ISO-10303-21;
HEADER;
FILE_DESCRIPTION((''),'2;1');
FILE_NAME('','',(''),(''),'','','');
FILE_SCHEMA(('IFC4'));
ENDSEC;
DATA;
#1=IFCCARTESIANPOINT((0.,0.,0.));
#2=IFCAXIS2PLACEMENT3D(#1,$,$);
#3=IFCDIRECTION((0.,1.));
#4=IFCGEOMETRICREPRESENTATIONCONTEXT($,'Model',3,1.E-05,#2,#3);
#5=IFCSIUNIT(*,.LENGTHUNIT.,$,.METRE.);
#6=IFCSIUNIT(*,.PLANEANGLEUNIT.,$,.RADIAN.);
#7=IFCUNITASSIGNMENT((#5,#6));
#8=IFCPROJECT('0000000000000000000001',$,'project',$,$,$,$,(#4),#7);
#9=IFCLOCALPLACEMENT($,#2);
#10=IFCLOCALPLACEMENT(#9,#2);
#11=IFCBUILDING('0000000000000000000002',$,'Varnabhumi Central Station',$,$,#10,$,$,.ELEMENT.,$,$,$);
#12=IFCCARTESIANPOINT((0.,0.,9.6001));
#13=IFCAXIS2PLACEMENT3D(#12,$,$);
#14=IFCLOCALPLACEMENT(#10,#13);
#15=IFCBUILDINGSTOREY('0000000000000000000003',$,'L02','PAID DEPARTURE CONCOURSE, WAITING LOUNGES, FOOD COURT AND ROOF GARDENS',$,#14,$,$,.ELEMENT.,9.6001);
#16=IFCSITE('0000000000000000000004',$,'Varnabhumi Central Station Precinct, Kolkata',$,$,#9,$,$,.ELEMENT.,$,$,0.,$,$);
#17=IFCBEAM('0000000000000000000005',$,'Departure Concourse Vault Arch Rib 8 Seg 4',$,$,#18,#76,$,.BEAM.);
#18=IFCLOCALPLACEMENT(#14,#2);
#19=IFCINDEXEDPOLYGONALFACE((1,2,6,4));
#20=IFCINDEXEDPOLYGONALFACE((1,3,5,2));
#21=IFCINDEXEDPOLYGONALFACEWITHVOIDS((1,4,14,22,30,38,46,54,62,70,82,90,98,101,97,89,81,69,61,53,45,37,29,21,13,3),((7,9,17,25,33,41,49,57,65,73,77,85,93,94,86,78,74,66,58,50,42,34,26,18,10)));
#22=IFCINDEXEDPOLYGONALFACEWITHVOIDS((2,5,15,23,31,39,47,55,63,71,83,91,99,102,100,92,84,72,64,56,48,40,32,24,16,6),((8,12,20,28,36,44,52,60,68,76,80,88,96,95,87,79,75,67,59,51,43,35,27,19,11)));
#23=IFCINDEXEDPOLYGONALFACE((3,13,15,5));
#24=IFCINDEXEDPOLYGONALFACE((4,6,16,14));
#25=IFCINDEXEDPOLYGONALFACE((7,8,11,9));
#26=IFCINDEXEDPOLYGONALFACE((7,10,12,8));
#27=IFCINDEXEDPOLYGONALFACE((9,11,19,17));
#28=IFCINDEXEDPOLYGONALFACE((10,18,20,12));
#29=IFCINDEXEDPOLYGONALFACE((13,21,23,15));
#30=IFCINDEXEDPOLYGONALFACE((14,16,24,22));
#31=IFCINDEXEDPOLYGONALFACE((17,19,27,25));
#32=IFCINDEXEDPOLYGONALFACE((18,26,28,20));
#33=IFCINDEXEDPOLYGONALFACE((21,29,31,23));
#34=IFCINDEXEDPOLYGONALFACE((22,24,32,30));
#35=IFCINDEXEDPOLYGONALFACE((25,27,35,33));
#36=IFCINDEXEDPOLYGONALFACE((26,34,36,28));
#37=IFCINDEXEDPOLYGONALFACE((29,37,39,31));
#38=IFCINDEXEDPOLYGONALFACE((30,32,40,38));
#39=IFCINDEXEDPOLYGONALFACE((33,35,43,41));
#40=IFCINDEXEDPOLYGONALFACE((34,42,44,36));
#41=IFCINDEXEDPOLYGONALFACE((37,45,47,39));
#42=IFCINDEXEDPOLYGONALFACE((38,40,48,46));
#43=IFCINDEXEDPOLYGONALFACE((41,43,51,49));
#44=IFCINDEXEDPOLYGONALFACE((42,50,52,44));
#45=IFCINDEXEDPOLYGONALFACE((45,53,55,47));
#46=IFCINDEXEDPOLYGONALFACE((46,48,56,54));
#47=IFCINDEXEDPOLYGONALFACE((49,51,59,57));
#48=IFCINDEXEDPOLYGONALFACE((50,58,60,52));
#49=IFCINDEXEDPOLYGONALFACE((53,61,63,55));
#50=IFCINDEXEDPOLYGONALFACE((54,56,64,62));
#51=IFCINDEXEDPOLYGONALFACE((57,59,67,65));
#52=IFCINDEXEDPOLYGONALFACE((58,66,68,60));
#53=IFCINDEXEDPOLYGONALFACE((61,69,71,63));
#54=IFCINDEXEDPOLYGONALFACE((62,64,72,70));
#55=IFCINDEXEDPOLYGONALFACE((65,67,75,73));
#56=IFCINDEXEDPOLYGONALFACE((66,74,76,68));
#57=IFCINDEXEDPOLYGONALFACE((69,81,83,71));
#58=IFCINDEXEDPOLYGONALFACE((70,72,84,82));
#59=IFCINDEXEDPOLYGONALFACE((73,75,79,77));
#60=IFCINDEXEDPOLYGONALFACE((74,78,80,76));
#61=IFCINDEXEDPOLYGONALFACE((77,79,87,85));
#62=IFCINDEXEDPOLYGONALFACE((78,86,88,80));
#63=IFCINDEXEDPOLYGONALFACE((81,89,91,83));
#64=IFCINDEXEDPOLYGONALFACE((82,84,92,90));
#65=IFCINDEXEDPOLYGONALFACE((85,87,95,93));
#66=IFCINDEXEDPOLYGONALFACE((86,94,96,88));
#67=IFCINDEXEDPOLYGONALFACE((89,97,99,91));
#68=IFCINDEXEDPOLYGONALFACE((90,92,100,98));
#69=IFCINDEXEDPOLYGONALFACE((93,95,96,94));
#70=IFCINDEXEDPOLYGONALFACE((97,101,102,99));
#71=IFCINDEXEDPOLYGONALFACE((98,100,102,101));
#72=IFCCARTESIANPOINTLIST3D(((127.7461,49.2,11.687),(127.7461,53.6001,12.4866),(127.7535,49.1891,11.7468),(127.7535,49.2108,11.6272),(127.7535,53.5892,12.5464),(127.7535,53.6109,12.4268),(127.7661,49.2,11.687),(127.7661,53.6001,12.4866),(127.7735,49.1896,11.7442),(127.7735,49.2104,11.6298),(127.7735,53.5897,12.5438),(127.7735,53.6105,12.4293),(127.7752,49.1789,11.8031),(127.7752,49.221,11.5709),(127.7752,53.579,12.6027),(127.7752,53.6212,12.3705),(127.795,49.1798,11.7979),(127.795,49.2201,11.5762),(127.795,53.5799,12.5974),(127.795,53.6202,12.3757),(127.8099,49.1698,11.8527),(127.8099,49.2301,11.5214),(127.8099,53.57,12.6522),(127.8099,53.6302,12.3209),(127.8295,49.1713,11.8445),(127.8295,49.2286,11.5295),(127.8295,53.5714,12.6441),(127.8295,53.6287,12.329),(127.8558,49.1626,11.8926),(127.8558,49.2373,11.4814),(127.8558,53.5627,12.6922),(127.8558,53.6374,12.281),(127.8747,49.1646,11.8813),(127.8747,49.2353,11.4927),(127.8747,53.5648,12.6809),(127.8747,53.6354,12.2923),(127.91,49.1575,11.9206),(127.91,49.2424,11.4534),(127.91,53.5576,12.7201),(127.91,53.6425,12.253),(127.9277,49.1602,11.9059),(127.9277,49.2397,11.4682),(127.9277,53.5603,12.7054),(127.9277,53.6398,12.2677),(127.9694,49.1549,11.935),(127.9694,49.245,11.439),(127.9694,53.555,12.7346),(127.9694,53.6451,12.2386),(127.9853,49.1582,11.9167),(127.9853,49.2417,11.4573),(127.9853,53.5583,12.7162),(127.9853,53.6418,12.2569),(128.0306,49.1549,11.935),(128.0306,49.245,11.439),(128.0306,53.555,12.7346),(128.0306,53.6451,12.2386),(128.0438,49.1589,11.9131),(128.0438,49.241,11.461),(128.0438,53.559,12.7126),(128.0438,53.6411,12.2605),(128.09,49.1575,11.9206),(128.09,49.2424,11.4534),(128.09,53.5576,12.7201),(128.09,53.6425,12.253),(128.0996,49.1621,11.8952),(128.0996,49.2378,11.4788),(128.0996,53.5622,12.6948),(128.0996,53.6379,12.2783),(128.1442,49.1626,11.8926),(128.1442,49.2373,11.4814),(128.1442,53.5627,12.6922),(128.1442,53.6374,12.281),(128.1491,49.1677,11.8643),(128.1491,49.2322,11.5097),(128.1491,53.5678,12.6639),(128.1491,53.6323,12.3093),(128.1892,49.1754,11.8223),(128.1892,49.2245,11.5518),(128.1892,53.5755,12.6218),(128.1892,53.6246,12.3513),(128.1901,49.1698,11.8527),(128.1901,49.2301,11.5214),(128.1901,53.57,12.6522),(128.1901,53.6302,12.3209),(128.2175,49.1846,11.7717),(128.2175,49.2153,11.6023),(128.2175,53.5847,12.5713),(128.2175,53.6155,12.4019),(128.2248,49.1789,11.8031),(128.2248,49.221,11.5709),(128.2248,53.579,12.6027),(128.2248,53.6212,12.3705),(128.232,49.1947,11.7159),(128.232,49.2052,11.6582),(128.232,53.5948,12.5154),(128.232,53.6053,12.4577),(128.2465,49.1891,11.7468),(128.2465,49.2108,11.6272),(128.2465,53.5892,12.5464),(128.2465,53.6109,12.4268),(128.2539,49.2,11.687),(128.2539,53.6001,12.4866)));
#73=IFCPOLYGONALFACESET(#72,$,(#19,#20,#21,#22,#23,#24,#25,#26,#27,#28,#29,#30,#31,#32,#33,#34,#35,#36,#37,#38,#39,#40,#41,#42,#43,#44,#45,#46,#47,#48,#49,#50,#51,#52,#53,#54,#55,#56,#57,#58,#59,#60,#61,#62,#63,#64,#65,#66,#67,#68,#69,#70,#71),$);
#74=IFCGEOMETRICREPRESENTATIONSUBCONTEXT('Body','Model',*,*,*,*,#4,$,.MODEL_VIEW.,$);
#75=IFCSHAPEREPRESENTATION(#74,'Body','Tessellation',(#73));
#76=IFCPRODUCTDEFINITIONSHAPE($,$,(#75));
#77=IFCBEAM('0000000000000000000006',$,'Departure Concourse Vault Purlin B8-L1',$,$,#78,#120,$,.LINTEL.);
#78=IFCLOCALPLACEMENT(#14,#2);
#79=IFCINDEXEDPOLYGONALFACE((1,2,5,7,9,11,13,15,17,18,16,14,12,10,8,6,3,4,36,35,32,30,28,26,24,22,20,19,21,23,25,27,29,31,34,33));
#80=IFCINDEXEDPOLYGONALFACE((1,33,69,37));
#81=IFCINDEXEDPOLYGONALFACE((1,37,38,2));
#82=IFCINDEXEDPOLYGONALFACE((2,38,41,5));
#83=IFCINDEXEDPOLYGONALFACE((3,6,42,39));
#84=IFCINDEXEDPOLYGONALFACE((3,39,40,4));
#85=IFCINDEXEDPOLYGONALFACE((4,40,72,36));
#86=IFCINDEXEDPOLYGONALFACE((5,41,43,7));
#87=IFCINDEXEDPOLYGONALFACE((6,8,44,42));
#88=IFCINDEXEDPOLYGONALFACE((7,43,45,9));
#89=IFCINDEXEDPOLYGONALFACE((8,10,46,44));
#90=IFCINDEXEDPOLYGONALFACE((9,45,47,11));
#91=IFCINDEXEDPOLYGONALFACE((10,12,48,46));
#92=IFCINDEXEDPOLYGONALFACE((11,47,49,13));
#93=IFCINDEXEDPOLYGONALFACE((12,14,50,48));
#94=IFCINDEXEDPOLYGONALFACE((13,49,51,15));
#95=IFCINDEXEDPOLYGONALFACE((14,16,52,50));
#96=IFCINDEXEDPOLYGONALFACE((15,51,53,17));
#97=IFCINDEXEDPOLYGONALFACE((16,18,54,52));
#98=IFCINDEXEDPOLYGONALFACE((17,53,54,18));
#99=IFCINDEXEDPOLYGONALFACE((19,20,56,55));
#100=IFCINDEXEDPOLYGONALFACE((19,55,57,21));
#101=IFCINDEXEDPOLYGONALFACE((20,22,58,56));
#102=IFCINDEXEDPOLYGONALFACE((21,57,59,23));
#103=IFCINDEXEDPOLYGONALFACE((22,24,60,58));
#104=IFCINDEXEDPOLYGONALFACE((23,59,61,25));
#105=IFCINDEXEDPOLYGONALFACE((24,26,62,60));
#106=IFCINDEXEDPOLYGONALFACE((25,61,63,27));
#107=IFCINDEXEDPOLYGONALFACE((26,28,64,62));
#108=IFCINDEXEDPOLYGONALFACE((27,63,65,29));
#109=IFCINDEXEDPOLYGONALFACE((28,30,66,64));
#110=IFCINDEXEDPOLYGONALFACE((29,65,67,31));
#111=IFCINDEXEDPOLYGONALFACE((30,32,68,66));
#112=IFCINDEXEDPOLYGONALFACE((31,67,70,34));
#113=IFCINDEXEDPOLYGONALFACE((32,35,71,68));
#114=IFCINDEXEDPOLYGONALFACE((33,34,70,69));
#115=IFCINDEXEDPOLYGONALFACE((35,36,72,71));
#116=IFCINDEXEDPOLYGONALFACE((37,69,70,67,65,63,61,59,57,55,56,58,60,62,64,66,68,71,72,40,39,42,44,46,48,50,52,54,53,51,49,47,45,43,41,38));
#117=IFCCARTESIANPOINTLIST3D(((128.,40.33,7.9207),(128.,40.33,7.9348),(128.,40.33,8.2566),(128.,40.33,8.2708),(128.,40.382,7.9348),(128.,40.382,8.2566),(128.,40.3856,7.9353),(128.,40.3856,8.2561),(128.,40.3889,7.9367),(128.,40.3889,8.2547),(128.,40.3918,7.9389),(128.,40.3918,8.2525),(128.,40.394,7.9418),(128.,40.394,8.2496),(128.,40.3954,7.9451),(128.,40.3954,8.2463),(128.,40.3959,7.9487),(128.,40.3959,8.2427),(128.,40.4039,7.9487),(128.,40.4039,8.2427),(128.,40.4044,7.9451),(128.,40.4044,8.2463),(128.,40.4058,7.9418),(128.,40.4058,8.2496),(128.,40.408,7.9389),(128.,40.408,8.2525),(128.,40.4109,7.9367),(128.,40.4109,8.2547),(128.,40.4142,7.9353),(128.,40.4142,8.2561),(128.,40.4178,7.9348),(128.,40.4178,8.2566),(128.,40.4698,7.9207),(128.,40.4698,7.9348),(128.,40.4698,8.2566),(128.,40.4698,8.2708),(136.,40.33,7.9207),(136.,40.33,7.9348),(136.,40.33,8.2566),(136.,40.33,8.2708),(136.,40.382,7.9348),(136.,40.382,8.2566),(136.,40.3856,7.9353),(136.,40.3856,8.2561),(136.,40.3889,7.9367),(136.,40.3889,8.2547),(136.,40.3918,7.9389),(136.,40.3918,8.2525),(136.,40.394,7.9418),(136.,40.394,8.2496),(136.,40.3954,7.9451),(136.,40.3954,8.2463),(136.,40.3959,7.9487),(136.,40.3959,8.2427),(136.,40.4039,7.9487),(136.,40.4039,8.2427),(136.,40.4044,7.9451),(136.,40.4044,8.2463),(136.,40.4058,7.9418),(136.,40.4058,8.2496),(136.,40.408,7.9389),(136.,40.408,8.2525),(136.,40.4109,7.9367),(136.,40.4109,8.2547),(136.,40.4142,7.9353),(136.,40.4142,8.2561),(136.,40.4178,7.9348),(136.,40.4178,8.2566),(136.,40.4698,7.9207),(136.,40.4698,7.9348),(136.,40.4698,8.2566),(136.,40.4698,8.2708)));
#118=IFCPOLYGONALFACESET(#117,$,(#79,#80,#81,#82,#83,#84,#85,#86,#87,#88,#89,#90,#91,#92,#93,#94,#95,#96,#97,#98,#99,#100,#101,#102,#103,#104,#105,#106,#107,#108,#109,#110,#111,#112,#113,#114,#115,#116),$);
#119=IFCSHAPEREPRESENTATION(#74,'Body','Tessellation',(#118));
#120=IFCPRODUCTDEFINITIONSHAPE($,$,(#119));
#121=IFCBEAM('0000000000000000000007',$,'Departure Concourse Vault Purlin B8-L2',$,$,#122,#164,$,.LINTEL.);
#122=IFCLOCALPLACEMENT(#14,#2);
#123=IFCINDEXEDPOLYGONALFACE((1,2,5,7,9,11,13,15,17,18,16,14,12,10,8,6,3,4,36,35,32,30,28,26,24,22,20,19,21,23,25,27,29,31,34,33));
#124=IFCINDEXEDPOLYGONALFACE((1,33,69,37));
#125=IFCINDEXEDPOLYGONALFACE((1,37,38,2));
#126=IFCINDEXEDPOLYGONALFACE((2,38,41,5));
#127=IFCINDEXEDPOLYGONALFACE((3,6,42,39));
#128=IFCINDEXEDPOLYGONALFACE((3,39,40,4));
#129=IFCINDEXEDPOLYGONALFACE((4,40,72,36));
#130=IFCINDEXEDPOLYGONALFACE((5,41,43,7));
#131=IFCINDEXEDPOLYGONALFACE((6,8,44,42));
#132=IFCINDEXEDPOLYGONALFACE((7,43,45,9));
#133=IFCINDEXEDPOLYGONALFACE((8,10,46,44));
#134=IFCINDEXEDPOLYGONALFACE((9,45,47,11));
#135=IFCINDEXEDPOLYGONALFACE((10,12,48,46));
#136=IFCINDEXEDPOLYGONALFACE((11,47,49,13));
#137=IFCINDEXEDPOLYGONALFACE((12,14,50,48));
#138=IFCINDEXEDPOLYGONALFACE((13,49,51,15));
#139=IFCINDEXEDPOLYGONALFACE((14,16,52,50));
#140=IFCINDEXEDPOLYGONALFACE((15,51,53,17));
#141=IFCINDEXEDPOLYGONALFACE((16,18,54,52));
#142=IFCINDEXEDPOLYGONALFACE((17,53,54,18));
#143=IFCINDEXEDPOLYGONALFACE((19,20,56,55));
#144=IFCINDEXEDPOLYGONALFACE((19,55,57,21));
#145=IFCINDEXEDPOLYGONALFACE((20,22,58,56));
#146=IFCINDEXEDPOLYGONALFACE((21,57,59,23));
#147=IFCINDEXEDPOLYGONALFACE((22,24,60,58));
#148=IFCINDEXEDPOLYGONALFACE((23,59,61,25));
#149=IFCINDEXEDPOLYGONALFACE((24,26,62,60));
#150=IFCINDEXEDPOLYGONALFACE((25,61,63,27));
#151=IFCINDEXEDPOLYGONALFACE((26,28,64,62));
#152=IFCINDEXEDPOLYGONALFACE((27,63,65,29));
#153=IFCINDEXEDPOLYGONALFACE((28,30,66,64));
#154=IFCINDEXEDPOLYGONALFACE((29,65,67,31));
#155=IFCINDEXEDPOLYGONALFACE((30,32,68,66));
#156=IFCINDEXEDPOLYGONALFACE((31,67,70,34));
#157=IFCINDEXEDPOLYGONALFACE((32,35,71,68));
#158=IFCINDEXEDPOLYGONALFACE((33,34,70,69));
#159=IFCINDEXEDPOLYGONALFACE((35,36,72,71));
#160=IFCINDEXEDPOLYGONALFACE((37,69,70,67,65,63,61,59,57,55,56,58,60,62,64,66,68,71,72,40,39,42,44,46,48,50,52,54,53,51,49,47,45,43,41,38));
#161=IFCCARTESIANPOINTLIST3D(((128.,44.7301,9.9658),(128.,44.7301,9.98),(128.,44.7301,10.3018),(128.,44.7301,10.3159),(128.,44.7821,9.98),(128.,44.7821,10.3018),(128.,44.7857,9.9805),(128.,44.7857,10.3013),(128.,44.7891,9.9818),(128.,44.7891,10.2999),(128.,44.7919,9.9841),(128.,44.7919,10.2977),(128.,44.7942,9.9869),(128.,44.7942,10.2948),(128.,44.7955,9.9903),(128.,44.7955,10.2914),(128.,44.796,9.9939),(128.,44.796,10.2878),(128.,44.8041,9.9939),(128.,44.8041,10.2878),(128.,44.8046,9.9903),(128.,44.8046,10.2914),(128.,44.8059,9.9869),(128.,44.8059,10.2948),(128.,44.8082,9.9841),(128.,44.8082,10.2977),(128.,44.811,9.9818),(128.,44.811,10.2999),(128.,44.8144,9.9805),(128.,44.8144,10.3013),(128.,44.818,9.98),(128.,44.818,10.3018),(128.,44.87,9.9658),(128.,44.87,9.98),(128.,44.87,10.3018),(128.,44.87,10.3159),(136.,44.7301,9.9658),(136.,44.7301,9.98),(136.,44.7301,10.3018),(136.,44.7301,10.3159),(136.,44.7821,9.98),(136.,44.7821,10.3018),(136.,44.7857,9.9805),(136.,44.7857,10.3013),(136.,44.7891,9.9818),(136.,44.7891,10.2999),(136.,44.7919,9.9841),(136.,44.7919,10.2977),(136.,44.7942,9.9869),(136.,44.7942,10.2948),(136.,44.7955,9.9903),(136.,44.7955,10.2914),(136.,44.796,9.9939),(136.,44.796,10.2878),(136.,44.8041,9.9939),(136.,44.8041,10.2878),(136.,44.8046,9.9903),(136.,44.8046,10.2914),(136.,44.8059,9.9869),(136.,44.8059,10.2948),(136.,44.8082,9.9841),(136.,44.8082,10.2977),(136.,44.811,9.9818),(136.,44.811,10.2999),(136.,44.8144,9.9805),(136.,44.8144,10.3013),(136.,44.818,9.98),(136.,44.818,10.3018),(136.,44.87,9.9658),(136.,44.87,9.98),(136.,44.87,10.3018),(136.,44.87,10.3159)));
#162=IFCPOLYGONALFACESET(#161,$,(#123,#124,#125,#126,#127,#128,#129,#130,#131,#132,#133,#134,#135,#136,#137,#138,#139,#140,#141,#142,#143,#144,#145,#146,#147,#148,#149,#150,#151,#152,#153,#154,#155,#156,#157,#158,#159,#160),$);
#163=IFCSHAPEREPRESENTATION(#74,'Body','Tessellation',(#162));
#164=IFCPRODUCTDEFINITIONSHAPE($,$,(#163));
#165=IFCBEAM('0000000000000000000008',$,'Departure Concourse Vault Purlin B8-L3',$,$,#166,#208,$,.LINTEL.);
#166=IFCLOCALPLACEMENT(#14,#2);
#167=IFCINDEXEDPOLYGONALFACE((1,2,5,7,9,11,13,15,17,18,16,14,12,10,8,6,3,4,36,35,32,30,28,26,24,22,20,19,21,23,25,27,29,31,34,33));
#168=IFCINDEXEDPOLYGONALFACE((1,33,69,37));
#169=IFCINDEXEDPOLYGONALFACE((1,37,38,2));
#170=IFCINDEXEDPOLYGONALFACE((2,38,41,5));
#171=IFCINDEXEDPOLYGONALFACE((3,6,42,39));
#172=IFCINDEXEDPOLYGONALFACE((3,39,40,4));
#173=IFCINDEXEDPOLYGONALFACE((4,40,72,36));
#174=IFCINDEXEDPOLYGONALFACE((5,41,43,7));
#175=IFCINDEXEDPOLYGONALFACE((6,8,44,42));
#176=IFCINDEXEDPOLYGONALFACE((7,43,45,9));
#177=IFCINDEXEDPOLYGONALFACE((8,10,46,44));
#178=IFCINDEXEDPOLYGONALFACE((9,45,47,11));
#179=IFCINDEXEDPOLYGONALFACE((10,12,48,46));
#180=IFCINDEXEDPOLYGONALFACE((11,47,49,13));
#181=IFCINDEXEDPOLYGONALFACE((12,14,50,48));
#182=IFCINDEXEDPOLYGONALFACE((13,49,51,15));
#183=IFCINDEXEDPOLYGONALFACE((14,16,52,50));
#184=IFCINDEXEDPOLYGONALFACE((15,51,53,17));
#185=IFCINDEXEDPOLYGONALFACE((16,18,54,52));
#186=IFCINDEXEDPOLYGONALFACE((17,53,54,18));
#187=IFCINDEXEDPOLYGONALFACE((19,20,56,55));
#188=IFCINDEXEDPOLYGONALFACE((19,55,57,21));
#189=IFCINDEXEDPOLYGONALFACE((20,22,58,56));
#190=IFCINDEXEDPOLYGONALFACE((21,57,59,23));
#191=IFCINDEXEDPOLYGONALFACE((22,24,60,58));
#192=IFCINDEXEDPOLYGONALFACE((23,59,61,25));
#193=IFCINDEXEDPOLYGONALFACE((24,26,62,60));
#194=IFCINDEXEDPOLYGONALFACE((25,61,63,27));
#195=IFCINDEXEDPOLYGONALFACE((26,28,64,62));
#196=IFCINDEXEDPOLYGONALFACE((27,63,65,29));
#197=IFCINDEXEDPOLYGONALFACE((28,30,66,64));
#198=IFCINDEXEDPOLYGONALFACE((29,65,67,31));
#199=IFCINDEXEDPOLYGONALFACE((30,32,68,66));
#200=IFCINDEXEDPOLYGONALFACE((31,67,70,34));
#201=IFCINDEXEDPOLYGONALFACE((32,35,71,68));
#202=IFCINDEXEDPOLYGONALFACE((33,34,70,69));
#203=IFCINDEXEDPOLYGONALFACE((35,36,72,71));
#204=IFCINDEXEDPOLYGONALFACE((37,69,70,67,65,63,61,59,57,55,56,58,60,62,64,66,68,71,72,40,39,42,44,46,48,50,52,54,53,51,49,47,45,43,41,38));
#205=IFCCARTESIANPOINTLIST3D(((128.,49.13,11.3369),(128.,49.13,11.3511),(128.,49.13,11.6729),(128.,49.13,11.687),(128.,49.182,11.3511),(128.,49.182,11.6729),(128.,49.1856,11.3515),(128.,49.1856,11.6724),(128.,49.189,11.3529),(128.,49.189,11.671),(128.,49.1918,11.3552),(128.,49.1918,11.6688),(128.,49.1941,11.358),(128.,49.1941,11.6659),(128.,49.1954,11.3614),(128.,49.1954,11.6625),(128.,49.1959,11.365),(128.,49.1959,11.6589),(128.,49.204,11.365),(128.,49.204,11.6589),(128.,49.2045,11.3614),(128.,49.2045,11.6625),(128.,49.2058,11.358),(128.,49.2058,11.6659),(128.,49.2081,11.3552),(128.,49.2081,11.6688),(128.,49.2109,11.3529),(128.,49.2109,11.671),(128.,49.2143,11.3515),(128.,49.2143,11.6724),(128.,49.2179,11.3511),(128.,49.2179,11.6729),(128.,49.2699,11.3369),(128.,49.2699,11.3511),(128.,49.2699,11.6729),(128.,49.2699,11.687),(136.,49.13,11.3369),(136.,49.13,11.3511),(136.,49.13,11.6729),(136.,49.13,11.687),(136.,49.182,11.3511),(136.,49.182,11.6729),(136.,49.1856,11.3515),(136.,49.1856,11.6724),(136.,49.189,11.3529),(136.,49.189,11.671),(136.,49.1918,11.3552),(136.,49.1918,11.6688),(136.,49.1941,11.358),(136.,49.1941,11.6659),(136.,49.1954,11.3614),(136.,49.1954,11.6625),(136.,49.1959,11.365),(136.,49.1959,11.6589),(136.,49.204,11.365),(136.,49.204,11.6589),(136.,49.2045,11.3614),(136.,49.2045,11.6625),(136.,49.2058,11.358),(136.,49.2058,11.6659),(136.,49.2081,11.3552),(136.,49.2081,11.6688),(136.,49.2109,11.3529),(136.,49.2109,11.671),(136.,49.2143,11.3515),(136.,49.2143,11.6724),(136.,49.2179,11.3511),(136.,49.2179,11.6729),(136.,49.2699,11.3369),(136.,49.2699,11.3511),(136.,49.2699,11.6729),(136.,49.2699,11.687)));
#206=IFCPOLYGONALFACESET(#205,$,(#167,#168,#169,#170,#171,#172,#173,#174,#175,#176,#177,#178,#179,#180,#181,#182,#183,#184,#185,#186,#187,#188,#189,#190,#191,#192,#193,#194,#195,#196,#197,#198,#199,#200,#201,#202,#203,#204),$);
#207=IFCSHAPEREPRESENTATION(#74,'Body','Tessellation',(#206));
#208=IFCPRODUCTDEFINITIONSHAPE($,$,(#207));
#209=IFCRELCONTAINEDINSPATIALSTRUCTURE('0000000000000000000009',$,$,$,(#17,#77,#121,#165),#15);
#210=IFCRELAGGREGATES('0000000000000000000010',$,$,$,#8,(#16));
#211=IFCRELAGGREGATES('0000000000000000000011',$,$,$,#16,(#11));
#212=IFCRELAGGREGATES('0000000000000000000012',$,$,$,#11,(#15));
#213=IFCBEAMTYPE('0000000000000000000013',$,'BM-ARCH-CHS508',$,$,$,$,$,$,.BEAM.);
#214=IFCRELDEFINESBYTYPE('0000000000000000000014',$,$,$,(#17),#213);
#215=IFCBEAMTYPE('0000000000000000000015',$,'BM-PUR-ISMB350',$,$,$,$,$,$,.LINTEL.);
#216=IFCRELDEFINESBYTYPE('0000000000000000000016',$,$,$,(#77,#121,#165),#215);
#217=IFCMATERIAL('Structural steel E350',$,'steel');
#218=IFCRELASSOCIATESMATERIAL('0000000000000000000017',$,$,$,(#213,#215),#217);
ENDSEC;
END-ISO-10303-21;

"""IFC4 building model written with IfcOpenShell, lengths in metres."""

from ifc_helpers import new_model, si_unit, direction, frame, origin, origin_2d, place, context, subcontext, project, spatial, hollow_circle, i_section, extrude, material, material_profile, profile_set, type_object, element, save


model = new_model("IFC4")

# Units and contexts
model_context = context("Model", 3, precision=1e-05, world=origin(), true_north=direction((0.0, 1.0)))
body_context = subcontext(model_context, "Body", "Model", "MODEL_VIEW")
ifc_project = project(units=[si_unit("LENGTHUNIT", "METRE"), si_unit("PLANEANGLEUNIT", "RADIAN")], contexts=[model_context])

# Site, building, storey
site_placement = place(None, origin())
site = spatial("IfcSite", under=ifc_project, at=site_placement, Name="Varnabhumi Central Station Precinct, Kolkata", CompositionType="ELEMENT", RefElevation=0.0)
building_placement = place(site_placement, origin())
building = spatial("IfcBuilding", under=site, at=building_placement, Name="Varnabhumi Central Station", CompositionType="ELEMENT")
storey_placement = place(building_placement, frame((0.0, 0.0, 9.6001)))
storey = spatial("IfcBuildingStorey", under=building, at=storey_placement, Name="L02", Description="PAID DEPARTURE CONCOURSE, WAITING LOUNGES, FOOD COURT AND ROOF GARDENS", CompositionType="ELEMENT", Elevation=9.6001)

# Beams
ifc_material_1 = material(Name="Structural steel E350", Category="steel")
ifc_material_profile_1 = material_profile(ifc_material_1, hollow_circle(Radius=0.2539, WallThickness=0.02, at=origin_2d()), Name="Structural steel E350", Category="steel")
ifc_profile_set_1 = profile_set([ifc_material_profile_1], Name="Structural steel E350")
beam_type_1 = type_object("IfcBeamType", Name="BM-ARCH-CHS508", PredefinedType="BEAM", material=ifc_profile_set_1)
beam_1_placement = place(storey_placement, frame((128.0, 49.2, 11.687), z_axis=(0.0, 0.983888, 0.178785), x_axis=(-1.0, 0.0, 0.0)))
element("IfcBeam", 1, at=beam_1_placement, inside=storey, type_object=beam_type_1, Name="Departure Concourse Vault Arch Rib 8 Seg 4", PredefinedType="BEAM", context=body_context, shape_type="SweptSolid", body=[
    extrude(hollow_circle(Radius=0.2539, WallThickness=0.02, at=origin_2d()), origin(), (0.0, 0.0, 1.0), 4.4722),
])
ifc_material_profile_2 = material_profile(ifc_material_1, i_section(OverallWidth=0.1399, OverallDepth=0.3501, WebThickness=0.0081, FlangeThickness=0.0142, FilletRadius=0.0139, at=origin_2d()), Name="Structural steel E350", Category="steel")
ifc_profile_set_2 = profile_set([ifc_material_profile_2], Name="Structural steel E350")
beam_type_2 = type_object("IfcBeamType", Name="BM-PUR-ISMB350", PredefinedType="LINTEL", material=ifc_profile_set_2)
for number, where, z_axis, x_axis, name in (
    (2, (128.0, 40.3999, 8.0957), (1.0, 0.0, 0.0), (0.0, 1.0, 0.0), "Departure Concourse Vault Purlin B8-L1"),
    (3, (128.0, 44.8, 10.1409), (1.0, 0.0, 0.0), (0.0, 1.0, 0.0), "Departure Concourse Vault Purlin B8-L2"),
    (4, (128.0, 49.2, 11.512), (1.0, 0.0, 0.0), (0.0, 1.0, 0.0), "Departure Concourse Vault Purlin B8-L3"),
):
    element("IfcBeam", number, at=place(storey_placement, frame(where, z_axis=z_axis, x_axis=x_axis)), inside=storey, type_object=beam_type_2, Name=name, PredefinedType="LINTEL", context=body_context, shape_type="SweptSolid", body=[
        extrude(i_section(OverallWidth=0.1399, OverallDepth=0.3501, WebThickness=0.0081, FlangeThickness=0.0142, FilletRadius=0.0139, at=origin_2d()), origin(), (0.0, 0.0, 1.0), 8.0),
    ])

save(model, "model.ifc")
